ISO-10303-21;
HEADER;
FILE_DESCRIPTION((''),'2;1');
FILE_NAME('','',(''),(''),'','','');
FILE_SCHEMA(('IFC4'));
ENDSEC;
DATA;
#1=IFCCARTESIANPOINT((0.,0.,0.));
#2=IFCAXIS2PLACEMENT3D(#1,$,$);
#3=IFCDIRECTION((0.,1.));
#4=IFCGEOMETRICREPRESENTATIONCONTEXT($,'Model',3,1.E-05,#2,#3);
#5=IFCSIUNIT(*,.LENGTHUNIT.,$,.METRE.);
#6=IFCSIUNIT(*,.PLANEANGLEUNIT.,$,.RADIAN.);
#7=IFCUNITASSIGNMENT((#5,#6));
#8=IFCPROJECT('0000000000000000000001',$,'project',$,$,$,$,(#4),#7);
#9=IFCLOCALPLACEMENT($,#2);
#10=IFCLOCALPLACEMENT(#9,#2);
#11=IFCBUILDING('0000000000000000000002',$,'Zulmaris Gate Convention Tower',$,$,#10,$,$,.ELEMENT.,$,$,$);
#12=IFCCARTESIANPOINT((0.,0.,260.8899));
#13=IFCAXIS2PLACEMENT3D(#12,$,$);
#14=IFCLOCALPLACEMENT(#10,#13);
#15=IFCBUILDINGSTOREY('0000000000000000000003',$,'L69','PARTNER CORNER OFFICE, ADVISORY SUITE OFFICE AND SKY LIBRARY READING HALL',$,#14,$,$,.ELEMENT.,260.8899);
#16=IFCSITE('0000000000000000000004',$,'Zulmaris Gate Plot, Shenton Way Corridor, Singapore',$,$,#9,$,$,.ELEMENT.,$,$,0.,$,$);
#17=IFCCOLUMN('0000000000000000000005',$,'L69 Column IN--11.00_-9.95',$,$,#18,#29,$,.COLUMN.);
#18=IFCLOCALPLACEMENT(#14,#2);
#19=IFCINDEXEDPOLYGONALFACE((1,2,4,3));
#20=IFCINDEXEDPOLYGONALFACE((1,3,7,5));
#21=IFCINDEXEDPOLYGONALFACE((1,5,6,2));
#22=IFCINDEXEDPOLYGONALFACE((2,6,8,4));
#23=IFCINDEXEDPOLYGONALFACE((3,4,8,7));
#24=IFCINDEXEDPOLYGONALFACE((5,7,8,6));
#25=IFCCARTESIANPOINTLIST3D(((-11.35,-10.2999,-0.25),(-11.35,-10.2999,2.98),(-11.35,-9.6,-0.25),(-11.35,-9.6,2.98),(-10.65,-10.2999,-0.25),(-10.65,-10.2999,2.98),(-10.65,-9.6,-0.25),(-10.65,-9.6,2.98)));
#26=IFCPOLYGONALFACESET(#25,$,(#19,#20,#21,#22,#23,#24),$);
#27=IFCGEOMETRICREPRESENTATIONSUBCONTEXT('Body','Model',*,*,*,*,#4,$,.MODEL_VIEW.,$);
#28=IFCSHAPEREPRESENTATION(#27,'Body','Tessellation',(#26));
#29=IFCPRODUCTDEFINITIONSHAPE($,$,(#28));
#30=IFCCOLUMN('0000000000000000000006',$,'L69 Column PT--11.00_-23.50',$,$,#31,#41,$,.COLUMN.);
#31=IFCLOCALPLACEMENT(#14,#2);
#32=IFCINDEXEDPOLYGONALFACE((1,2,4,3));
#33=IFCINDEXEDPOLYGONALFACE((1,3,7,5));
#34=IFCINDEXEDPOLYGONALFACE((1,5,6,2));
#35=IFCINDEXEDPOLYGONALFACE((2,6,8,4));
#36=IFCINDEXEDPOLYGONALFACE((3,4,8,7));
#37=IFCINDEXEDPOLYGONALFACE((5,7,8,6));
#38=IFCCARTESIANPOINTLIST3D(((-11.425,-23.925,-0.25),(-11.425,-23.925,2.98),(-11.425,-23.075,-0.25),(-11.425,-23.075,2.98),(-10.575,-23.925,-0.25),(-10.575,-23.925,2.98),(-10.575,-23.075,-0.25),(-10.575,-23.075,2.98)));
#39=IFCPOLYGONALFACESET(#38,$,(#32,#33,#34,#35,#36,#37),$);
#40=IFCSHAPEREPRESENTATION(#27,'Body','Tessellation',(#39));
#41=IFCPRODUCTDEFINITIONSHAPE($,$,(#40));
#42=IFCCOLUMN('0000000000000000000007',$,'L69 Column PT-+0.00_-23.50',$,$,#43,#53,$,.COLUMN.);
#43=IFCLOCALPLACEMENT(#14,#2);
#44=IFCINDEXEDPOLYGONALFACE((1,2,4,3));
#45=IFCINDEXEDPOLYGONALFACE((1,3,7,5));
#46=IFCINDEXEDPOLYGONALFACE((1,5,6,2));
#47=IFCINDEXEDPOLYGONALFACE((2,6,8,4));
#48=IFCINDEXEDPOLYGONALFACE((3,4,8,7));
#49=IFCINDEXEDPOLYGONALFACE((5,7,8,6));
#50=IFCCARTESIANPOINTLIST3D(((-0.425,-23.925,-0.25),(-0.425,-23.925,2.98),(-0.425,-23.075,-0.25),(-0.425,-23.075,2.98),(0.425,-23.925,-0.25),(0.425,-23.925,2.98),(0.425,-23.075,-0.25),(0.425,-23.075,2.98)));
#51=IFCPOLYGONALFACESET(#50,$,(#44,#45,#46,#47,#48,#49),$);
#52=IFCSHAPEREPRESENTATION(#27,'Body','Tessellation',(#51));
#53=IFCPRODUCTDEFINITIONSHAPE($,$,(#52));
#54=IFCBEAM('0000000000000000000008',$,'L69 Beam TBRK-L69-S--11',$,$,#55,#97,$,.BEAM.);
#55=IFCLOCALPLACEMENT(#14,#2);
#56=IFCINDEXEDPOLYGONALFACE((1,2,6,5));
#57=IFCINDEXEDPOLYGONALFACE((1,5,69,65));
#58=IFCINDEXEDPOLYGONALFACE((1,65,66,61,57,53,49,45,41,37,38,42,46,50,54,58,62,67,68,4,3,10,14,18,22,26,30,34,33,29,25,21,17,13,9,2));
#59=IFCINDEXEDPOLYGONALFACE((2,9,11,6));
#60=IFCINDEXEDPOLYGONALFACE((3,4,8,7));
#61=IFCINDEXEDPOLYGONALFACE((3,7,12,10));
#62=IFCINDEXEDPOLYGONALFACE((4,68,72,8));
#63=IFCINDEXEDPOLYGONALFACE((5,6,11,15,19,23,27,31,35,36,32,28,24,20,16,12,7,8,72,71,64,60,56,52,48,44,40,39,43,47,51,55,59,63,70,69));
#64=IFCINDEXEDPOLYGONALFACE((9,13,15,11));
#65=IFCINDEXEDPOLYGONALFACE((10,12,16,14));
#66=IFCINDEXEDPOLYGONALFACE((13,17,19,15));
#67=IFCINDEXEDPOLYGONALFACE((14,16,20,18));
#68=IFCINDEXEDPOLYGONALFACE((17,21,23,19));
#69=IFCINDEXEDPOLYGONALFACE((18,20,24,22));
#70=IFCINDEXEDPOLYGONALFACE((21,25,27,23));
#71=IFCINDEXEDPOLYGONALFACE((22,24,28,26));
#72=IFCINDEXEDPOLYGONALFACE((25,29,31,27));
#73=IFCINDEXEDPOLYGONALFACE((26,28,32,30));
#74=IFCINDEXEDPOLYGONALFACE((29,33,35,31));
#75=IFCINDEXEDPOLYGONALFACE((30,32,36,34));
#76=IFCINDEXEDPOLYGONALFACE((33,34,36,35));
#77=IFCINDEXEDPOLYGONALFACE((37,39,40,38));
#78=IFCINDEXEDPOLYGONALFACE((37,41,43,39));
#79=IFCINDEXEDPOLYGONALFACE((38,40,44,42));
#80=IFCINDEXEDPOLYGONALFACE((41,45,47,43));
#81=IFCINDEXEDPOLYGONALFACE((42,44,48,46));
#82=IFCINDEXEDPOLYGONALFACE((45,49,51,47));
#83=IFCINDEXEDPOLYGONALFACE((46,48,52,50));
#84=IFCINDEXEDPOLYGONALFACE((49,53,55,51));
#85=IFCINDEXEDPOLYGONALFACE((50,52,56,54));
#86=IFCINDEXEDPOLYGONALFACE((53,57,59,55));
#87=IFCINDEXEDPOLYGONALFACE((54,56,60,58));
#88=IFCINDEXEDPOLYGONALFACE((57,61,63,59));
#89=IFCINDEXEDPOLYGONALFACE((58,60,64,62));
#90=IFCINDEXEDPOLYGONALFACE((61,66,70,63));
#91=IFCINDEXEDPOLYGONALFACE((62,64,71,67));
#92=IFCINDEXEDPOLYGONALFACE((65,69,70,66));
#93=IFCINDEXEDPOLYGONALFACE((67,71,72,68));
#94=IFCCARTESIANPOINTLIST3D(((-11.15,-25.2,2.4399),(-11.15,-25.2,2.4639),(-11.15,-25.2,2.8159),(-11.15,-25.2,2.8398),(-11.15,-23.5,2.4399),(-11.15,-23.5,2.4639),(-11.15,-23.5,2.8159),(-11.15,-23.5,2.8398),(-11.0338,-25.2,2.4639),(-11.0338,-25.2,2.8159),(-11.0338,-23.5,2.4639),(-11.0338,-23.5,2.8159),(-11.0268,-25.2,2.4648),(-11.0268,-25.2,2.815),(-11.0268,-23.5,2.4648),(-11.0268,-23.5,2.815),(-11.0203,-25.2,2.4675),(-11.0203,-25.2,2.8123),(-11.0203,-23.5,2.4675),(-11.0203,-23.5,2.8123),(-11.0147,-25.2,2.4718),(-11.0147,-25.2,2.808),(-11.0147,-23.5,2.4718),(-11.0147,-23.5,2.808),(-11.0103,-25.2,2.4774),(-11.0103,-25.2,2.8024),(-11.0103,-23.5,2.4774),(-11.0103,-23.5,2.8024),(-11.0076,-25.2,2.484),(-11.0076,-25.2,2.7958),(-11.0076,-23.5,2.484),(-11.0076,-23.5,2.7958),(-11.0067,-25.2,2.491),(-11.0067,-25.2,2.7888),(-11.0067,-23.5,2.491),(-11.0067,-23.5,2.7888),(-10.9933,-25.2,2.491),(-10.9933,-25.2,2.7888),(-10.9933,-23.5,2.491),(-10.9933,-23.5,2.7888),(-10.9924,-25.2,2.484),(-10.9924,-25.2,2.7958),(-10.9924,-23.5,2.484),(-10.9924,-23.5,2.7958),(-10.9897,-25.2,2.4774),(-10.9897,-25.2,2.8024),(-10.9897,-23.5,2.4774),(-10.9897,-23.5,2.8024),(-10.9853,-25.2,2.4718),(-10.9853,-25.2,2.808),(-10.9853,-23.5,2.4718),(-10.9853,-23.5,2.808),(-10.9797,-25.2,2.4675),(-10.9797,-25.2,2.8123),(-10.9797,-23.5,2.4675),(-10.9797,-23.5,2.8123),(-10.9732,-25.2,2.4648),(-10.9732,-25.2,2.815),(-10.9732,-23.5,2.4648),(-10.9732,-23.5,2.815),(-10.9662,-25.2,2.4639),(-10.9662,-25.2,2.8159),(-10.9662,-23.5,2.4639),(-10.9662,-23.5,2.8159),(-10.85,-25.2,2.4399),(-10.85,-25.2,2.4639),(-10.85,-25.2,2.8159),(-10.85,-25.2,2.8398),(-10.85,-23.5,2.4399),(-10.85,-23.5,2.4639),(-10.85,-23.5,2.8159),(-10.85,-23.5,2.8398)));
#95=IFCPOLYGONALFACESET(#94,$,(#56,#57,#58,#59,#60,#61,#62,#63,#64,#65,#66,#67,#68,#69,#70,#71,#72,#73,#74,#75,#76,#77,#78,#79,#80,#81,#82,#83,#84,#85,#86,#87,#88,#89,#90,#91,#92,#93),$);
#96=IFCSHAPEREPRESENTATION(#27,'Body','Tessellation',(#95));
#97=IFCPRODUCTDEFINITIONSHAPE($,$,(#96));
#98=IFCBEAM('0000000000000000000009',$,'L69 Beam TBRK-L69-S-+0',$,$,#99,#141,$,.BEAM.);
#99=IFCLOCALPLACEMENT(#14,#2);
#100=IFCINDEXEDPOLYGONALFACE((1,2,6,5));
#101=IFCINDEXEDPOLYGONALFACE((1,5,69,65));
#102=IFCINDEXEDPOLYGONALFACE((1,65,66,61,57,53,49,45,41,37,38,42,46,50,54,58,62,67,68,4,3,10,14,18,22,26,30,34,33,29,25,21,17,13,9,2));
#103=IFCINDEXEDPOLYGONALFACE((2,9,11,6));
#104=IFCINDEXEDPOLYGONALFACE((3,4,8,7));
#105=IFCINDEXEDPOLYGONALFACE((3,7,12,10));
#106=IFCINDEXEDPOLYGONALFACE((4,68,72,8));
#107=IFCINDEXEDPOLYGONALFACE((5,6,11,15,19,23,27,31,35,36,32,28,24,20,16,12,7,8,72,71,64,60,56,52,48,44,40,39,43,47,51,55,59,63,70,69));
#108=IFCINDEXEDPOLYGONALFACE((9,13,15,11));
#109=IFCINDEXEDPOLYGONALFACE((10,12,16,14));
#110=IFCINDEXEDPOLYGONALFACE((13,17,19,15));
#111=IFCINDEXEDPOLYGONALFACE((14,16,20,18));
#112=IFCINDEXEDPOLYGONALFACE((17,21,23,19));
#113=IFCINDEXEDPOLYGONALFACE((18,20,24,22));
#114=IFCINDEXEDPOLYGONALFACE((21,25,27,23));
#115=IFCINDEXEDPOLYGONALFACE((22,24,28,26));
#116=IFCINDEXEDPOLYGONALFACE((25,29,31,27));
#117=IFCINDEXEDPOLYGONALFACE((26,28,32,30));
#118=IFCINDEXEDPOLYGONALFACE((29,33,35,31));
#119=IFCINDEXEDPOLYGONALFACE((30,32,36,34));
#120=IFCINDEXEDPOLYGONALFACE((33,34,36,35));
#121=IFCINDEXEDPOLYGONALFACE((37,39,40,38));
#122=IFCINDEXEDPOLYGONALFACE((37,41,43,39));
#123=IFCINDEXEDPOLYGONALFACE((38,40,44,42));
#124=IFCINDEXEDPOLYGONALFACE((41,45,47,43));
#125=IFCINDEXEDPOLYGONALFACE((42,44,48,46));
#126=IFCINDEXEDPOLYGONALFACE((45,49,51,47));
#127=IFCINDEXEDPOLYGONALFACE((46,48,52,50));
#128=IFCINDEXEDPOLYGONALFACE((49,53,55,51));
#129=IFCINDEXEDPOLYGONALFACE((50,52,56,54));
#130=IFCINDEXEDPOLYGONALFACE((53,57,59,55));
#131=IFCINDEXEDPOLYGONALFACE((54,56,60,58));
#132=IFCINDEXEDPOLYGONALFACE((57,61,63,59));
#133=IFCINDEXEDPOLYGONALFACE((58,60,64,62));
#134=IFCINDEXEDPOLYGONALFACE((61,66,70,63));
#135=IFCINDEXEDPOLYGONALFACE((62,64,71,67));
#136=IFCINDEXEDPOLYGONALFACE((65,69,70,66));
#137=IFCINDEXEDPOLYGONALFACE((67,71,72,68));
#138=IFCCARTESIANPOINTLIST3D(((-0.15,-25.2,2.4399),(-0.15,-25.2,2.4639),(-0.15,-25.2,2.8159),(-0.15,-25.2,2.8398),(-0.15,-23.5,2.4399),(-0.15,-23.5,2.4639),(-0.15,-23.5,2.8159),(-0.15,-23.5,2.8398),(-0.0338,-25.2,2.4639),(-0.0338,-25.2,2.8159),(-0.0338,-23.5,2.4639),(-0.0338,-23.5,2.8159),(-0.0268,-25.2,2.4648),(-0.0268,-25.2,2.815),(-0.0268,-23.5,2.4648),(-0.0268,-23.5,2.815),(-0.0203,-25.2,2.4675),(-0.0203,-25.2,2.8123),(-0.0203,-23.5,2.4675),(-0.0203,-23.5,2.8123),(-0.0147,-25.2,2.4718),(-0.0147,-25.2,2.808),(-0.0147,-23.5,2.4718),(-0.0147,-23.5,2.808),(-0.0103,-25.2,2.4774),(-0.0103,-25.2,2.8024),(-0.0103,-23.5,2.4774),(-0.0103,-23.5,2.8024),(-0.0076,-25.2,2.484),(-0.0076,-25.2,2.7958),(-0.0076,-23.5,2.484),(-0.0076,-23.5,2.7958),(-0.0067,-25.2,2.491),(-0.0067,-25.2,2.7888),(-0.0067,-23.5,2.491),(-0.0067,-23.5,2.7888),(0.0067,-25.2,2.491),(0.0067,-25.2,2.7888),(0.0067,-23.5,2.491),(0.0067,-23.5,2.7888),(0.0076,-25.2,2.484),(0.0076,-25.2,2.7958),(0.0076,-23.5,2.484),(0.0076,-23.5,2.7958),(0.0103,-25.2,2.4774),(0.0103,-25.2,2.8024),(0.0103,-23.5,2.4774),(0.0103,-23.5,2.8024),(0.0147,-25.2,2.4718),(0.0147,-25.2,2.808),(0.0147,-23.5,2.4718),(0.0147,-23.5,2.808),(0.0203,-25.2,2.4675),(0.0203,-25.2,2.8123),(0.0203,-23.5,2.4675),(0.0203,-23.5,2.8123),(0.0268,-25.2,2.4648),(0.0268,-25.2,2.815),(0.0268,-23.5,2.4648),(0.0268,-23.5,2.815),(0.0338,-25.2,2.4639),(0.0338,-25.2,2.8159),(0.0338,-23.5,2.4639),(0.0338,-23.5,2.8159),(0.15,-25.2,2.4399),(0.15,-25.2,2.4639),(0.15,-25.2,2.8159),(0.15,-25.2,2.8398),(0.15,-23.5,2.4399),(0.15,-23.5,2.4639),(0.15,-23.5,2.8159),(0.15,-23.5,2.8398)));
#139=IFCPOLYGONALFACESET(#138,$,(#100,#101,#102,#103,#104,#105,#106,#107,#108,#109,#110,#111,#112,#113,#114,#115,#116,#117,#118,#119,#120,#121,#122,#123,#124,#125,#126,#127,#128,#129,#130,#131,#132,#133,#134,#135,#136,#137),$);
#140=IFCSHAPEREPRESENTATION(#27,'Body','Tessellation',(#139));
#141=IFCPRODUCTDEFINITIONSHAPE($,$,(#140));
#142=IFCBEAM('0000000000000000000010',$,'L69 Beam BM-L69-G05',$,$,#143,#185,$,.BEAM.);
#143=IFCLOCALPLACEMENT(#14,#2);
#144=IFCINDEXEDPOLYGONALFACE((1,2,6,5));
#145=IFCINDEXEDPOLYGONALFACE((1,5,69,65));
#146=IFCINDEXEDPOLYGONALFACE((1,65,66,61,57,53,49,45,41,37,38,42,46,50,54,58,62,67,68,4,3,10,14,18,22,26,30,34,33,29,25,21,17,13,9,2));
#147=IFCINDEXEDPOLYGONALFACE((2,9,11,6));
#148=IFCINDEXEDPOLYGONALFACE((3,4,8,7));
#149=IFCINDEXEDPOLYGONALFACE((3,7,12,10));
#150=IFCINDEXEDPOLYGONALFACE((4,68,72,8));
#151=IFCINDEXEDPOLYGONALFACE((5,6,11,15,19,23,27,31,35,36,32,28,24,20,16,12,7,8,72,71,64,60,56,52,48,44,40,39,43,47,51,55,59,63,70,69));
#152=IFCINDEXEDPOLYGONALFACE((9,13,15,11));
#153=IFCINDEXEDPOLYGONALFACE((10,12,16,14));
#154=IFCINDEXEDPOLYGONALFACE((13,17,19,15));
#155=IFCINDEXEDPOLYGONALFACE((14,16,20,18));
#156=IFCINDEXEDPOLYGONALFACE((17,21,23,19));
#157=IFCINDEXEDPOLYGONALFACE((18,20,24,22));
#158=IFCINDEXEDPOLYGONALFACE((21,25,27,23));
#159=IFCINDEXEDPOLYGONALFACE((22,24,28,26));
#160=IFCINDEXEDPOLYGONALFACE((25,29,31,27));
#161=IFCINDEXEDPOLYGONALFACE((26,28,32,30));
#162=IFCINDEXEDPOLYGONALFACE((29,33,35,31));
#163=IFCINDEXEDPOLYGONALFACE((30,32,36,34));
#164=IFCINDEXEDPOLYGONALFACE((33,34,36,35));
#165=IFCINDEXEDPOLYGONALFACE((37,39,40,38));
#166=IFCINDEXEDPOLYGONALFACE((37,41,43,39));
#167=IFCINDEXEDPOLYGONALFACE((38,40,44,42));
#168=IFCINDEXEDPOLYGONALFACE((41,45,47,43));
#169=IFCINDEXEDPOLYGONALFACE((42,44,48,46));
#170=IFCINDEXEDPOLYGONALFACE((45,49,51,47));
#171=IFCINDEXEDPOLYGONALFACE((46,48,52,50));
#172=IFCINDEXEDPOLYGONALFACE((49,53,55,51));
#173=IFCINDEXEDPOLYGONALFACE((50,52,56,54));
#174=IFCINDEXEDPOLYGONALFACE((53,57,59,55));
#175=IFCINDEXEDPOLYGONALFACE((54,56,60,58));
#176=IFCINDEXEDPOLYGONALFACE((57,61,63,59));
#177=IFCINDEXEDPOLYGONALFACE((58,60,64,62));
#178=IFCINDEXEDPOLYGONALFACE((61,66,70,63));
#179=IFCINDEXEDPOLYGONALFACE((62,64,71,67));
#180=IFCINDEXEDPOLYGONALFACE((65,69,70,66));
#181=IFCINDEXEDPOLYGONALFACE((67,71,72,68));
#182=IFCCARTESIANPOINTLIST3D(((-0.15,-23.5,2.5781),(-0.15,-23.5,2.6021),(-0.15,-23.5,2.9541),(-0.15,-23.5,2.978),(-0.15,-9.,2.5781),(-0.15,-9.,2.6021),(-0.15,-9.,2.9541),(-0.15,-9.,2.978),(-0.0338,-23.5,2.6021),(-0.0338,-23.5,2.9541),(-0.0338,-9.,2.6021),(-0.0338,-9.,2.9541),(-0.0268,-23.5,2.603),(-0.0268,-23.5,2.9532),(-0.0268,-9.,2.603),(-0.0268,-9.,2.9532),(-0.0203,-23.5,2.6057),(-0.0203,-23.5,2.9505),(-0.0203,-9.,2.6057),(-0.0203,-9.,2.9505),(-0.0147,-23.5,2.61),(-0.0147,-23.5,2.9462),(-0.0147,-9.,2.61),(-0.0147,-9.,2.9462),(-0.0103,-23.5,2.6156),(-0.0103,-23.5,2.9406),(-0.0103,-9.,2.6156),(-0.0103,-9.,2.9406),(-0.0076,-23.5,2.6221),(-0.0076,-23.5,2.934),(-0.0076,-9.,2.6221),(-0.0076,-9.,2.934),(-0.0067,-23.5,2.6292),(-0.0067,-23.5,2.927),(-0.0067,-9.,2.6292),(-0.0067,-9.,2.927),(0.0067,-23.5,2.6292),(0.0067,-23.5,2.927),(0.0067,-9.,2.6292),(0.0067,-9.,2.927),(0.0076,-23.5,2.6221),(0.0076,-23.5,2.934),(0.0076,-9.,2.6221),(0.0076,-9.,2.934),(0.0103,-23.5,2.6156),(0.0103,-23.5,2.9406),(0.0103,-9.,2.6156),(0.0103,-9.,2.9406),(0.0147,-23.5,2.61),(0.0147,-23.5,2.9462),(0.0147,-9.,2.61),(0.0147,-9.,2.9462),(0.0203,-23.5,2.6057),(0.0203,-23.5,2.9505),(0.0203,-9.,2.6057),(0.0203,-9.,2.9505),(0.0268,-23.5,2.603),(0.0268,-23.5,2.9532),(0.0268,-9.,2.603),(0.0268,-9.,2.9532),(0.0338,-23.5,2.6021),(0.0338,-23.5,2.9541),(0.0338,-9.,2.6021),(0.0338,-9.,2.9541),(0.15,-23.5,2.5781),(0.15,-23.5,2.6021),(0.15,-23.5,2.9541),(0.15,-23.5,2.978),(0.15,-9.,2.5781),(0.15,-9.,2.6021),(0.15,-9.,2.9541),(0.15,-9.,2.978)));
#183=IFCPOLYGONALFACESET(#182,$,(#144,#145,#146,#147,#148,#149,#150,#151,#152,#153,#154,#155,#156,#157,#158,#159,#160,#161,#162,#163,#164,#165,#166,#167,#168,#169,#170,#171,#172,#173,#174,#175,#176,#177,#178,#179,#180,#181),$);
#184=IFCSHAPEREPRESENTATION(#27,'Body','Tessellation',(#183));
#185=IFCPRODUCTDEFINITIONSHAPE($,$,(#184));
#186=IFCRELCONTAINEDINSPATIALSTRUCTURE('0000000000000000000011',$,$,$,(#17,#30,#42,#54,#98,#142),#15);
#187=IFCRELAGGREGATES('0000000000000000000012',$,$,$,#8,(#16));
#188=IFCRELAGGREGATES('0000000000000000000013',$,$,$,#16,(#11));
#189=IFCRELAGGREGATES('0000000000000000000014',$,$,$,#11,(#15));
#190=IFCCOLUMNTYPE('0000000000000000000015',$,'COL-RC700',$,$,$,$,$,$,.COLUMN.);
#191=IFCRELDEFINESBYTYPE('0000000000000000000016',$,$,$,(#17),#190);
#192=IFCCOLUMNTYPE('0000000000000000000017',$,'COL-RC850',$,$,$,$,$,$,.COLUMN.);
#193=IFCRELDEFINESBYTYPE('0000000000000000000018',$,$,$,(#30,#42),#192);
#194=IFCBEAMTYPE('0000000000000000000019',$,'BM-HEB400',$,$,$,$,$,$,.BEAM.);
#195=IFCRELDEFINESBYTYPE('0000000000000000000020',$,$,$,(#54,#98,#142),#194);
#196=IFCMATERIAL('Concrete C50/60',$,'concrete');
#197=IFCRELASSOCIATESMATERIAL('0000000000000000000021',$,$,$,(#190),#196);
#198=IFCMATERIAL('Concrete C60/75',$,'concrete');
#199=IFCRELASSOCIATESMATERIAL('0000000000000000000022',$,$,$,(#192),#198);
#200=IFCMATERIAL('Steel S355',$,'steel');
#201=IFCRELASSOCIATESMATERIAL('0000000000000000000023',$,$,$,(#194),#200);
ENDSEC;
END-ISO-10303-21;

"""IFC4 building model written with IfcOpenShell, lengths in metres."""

from ifc_helpers import new_model, si_unit, direction, frame, origin, origin_2d, place, context, subcontext, project, spatial, rectangle, i_section, extrude, material, material_profile, profile_set, type_object, element, save


model = new_model("IFC4")

# Units and contexts
model_context = context("Model", 3, precision=1e-05, world=origin(), true_north=direction((0.0, 1.0)))
body_context = subcontext(model_context, "Body", "Model", "MODEL_VIEW")
ifc_project = project(units=[si_unit("LENGTHUNIT", "METRE"), si_unit("PLANEANGLEUNIT", "RADIAN")], contexts=[model_context])

# Site, building, storey
site_placement = place(None, origin())
site = spatial("IfcSite", under=ifc_project, at=site_placement, Name="Zulmaris Gate Plot, Shenton Way Corridor, Singapore", CompositionType="ELEMENT", RefElevation=0.0)
building_placement = place(site_placement, origin())
building = spatial("IfcBuilding", under=site, at=building_placement, Name="Zulmaris Gate Convention Tower", CompositionType="ELEMENT")
storey_placement = place(building_placement, frame((0.0, 0.0, 260.8899)))
storey = spatial("IfcBuildingStorey", under=building, at=storey_placement, Name="L69", Description="PARTNER CORNER OFFICE, ADVISORY SUITE OFFICE AND SKY LIBRARY READING HALL", CompositionType="ELEMENT", Elevation=260.8899)

# Columns
ifc_material_1 = material(Name="Concrete C50/60", Category="concrete")
ifc_material_profile_1 = material_profile(ifc_material_1, rectangle(XDim=0.7, YDim=0.7, at=origin_2d()), Name="RC COL 700x700")
ifc_profile_set_1 = profile_set([ifc_material_profile_1], Name="Concrete C50/60")
column_type_1 = type_object("IfcColumnType", Name="COL-RC700", PredefinedType="COLUMN", material=ifc_profile_set_1)
column_placement = place(storey_placement, frame((-11.0, -9.95, -0.25), z_axis=(0.0, 0.0, 1.0), x_axis=(1.0, 0.0, 0.0)))
element("IfcColumn", 1, at=column_placement, inside=storey, type_object=column_type_1, Name="L69 Column IN--11.00_-9.95", PredefinedType="COLUMN", context=body_context, shape_type="SweptSolid", body=[
    extrude(rectangle(XDim=0.7, YDim=0.7, at=origin_2d()), origin(), (0.0, 0.0, 1.0), 3.23),
])
ifc_material_2 = material(Name="Concrete C60/75", Category="concrete")
ifc_material_profile_2 = material_profile(ifc_material_2, rectangle(XDim=0.8501, YDim=0.8501, at=origin_2d()), Name="RC COL 850x850")
ifc_profile_set_2 = profile_set([ifc_material_profile_2], Name="Concrete C60/75")
column_type_2 = type_object("IfcColumnType", Name="COL-RC850", PredefinedType="COLUMN", material=ifc_profile_set_2)
for number, where, z_axis, x_axis, name in (
    (2, (-11.0, -23.5, -0.25), (0.0, 0.0, 1.0), (1.0, 0.0, 0.0), "L69 Column PT--11.00_-23.50"),
    (3, (0.0, -23.5, -0.25), (0.0, 0.0, 1.0), (1.0, 0.0, 0.0), "L69 Column PT-+0.00_-23.50"),
):
    element("IfcColumn", number, at=place(storey_placement, frame(where, z_axis=z_axis, x_axis=x_axis)), inside=storey, type_object=column_type_2, Name=name, PredefinedType="COLUMN", context=body_context, shape_type="SweptSolid", body=[
        extrude(rectangle(XDim=0.8501, YDim=0.8501, at=origin_2d()), origin(), (0.0, 0.0, 1.0), 3.23),
    ])

# Beams
ifc_material_3 = material(Name="Steel S355", Category="steel")
ifc_material_profile_3 = material_profile(ifc_material_3, i_section(OverallWidth=0.3, OverallDepth=0.3999, WebThickness=0.0134, FlangeThickness=0.0239, FilletRadius=0.0271, at=origin_2d()), Name="HEB 400")
ifc_profile_set_3 = profile_set([ifc_material_profile_3], Name="Steel S355")
beam_type_1 = type_object("IfcBeamType", Name="BM-HEB400", PredefinedType="BEAM", material=ifc_profile_set_3)
for number, where, z_axis, x_axis, name in (
    (4, (-11.0, -25.2, 2.6399), (0.0, 1.0, 0.0), (-1.0, 0.0, 0.0), "L69 Beam TBRK-L69-S--11"),
    (5, (0.0, -25.2, 2.6399), (0.0, 1.0, 0.0), (-1.0, 0.0, 0.0), "L69 Beam TBRK-L69-S-+0"),
):
    element("IfcBeam", number, at=place(storey_placement, frame(where, z_axis=z_axis, x_axis=x_axis)), inside=storey, type_object=beam_type_1, Name=name, PredefinedType="BEAM", context=body_context, shape_type="SweptSolid", body=[
        extrude(i_section(OverallWidth=0.3, OverallDepth=0.3999, WebThickness=0.0134, FlangeThickness=0.0239, FilletRadius=0.0271, at=origin_2d()), origin(), (0.0, 0.0, 1.0), 1.7),
    ])
beam_1_placement = place(storey_placement, frame((0.0, -23.5, 2.7781), z_axis=(0.0, 1.0, 0.0), x_axis=(-1.0, 0.0, 0.0)))
element("IfcBeam", 6, at=beam_1_placement, inside=storey, type_object=beam_type_1, Name="L69 Beam BM-L69-G05", PredefinedType="BEAM", context=body_context, shape_type="SweptSolid", body=[
    extrude(i_section(OverallWidth=0.3, OverallDepth=0.3999, WebThickness=0.0134, FlangeThickness=0.0239, FilletRadius=0.0271, at=origin_2d()), origin(), (0.0, 0.0, 1.0), 14.5),
])

save(model, "model.ifc")
